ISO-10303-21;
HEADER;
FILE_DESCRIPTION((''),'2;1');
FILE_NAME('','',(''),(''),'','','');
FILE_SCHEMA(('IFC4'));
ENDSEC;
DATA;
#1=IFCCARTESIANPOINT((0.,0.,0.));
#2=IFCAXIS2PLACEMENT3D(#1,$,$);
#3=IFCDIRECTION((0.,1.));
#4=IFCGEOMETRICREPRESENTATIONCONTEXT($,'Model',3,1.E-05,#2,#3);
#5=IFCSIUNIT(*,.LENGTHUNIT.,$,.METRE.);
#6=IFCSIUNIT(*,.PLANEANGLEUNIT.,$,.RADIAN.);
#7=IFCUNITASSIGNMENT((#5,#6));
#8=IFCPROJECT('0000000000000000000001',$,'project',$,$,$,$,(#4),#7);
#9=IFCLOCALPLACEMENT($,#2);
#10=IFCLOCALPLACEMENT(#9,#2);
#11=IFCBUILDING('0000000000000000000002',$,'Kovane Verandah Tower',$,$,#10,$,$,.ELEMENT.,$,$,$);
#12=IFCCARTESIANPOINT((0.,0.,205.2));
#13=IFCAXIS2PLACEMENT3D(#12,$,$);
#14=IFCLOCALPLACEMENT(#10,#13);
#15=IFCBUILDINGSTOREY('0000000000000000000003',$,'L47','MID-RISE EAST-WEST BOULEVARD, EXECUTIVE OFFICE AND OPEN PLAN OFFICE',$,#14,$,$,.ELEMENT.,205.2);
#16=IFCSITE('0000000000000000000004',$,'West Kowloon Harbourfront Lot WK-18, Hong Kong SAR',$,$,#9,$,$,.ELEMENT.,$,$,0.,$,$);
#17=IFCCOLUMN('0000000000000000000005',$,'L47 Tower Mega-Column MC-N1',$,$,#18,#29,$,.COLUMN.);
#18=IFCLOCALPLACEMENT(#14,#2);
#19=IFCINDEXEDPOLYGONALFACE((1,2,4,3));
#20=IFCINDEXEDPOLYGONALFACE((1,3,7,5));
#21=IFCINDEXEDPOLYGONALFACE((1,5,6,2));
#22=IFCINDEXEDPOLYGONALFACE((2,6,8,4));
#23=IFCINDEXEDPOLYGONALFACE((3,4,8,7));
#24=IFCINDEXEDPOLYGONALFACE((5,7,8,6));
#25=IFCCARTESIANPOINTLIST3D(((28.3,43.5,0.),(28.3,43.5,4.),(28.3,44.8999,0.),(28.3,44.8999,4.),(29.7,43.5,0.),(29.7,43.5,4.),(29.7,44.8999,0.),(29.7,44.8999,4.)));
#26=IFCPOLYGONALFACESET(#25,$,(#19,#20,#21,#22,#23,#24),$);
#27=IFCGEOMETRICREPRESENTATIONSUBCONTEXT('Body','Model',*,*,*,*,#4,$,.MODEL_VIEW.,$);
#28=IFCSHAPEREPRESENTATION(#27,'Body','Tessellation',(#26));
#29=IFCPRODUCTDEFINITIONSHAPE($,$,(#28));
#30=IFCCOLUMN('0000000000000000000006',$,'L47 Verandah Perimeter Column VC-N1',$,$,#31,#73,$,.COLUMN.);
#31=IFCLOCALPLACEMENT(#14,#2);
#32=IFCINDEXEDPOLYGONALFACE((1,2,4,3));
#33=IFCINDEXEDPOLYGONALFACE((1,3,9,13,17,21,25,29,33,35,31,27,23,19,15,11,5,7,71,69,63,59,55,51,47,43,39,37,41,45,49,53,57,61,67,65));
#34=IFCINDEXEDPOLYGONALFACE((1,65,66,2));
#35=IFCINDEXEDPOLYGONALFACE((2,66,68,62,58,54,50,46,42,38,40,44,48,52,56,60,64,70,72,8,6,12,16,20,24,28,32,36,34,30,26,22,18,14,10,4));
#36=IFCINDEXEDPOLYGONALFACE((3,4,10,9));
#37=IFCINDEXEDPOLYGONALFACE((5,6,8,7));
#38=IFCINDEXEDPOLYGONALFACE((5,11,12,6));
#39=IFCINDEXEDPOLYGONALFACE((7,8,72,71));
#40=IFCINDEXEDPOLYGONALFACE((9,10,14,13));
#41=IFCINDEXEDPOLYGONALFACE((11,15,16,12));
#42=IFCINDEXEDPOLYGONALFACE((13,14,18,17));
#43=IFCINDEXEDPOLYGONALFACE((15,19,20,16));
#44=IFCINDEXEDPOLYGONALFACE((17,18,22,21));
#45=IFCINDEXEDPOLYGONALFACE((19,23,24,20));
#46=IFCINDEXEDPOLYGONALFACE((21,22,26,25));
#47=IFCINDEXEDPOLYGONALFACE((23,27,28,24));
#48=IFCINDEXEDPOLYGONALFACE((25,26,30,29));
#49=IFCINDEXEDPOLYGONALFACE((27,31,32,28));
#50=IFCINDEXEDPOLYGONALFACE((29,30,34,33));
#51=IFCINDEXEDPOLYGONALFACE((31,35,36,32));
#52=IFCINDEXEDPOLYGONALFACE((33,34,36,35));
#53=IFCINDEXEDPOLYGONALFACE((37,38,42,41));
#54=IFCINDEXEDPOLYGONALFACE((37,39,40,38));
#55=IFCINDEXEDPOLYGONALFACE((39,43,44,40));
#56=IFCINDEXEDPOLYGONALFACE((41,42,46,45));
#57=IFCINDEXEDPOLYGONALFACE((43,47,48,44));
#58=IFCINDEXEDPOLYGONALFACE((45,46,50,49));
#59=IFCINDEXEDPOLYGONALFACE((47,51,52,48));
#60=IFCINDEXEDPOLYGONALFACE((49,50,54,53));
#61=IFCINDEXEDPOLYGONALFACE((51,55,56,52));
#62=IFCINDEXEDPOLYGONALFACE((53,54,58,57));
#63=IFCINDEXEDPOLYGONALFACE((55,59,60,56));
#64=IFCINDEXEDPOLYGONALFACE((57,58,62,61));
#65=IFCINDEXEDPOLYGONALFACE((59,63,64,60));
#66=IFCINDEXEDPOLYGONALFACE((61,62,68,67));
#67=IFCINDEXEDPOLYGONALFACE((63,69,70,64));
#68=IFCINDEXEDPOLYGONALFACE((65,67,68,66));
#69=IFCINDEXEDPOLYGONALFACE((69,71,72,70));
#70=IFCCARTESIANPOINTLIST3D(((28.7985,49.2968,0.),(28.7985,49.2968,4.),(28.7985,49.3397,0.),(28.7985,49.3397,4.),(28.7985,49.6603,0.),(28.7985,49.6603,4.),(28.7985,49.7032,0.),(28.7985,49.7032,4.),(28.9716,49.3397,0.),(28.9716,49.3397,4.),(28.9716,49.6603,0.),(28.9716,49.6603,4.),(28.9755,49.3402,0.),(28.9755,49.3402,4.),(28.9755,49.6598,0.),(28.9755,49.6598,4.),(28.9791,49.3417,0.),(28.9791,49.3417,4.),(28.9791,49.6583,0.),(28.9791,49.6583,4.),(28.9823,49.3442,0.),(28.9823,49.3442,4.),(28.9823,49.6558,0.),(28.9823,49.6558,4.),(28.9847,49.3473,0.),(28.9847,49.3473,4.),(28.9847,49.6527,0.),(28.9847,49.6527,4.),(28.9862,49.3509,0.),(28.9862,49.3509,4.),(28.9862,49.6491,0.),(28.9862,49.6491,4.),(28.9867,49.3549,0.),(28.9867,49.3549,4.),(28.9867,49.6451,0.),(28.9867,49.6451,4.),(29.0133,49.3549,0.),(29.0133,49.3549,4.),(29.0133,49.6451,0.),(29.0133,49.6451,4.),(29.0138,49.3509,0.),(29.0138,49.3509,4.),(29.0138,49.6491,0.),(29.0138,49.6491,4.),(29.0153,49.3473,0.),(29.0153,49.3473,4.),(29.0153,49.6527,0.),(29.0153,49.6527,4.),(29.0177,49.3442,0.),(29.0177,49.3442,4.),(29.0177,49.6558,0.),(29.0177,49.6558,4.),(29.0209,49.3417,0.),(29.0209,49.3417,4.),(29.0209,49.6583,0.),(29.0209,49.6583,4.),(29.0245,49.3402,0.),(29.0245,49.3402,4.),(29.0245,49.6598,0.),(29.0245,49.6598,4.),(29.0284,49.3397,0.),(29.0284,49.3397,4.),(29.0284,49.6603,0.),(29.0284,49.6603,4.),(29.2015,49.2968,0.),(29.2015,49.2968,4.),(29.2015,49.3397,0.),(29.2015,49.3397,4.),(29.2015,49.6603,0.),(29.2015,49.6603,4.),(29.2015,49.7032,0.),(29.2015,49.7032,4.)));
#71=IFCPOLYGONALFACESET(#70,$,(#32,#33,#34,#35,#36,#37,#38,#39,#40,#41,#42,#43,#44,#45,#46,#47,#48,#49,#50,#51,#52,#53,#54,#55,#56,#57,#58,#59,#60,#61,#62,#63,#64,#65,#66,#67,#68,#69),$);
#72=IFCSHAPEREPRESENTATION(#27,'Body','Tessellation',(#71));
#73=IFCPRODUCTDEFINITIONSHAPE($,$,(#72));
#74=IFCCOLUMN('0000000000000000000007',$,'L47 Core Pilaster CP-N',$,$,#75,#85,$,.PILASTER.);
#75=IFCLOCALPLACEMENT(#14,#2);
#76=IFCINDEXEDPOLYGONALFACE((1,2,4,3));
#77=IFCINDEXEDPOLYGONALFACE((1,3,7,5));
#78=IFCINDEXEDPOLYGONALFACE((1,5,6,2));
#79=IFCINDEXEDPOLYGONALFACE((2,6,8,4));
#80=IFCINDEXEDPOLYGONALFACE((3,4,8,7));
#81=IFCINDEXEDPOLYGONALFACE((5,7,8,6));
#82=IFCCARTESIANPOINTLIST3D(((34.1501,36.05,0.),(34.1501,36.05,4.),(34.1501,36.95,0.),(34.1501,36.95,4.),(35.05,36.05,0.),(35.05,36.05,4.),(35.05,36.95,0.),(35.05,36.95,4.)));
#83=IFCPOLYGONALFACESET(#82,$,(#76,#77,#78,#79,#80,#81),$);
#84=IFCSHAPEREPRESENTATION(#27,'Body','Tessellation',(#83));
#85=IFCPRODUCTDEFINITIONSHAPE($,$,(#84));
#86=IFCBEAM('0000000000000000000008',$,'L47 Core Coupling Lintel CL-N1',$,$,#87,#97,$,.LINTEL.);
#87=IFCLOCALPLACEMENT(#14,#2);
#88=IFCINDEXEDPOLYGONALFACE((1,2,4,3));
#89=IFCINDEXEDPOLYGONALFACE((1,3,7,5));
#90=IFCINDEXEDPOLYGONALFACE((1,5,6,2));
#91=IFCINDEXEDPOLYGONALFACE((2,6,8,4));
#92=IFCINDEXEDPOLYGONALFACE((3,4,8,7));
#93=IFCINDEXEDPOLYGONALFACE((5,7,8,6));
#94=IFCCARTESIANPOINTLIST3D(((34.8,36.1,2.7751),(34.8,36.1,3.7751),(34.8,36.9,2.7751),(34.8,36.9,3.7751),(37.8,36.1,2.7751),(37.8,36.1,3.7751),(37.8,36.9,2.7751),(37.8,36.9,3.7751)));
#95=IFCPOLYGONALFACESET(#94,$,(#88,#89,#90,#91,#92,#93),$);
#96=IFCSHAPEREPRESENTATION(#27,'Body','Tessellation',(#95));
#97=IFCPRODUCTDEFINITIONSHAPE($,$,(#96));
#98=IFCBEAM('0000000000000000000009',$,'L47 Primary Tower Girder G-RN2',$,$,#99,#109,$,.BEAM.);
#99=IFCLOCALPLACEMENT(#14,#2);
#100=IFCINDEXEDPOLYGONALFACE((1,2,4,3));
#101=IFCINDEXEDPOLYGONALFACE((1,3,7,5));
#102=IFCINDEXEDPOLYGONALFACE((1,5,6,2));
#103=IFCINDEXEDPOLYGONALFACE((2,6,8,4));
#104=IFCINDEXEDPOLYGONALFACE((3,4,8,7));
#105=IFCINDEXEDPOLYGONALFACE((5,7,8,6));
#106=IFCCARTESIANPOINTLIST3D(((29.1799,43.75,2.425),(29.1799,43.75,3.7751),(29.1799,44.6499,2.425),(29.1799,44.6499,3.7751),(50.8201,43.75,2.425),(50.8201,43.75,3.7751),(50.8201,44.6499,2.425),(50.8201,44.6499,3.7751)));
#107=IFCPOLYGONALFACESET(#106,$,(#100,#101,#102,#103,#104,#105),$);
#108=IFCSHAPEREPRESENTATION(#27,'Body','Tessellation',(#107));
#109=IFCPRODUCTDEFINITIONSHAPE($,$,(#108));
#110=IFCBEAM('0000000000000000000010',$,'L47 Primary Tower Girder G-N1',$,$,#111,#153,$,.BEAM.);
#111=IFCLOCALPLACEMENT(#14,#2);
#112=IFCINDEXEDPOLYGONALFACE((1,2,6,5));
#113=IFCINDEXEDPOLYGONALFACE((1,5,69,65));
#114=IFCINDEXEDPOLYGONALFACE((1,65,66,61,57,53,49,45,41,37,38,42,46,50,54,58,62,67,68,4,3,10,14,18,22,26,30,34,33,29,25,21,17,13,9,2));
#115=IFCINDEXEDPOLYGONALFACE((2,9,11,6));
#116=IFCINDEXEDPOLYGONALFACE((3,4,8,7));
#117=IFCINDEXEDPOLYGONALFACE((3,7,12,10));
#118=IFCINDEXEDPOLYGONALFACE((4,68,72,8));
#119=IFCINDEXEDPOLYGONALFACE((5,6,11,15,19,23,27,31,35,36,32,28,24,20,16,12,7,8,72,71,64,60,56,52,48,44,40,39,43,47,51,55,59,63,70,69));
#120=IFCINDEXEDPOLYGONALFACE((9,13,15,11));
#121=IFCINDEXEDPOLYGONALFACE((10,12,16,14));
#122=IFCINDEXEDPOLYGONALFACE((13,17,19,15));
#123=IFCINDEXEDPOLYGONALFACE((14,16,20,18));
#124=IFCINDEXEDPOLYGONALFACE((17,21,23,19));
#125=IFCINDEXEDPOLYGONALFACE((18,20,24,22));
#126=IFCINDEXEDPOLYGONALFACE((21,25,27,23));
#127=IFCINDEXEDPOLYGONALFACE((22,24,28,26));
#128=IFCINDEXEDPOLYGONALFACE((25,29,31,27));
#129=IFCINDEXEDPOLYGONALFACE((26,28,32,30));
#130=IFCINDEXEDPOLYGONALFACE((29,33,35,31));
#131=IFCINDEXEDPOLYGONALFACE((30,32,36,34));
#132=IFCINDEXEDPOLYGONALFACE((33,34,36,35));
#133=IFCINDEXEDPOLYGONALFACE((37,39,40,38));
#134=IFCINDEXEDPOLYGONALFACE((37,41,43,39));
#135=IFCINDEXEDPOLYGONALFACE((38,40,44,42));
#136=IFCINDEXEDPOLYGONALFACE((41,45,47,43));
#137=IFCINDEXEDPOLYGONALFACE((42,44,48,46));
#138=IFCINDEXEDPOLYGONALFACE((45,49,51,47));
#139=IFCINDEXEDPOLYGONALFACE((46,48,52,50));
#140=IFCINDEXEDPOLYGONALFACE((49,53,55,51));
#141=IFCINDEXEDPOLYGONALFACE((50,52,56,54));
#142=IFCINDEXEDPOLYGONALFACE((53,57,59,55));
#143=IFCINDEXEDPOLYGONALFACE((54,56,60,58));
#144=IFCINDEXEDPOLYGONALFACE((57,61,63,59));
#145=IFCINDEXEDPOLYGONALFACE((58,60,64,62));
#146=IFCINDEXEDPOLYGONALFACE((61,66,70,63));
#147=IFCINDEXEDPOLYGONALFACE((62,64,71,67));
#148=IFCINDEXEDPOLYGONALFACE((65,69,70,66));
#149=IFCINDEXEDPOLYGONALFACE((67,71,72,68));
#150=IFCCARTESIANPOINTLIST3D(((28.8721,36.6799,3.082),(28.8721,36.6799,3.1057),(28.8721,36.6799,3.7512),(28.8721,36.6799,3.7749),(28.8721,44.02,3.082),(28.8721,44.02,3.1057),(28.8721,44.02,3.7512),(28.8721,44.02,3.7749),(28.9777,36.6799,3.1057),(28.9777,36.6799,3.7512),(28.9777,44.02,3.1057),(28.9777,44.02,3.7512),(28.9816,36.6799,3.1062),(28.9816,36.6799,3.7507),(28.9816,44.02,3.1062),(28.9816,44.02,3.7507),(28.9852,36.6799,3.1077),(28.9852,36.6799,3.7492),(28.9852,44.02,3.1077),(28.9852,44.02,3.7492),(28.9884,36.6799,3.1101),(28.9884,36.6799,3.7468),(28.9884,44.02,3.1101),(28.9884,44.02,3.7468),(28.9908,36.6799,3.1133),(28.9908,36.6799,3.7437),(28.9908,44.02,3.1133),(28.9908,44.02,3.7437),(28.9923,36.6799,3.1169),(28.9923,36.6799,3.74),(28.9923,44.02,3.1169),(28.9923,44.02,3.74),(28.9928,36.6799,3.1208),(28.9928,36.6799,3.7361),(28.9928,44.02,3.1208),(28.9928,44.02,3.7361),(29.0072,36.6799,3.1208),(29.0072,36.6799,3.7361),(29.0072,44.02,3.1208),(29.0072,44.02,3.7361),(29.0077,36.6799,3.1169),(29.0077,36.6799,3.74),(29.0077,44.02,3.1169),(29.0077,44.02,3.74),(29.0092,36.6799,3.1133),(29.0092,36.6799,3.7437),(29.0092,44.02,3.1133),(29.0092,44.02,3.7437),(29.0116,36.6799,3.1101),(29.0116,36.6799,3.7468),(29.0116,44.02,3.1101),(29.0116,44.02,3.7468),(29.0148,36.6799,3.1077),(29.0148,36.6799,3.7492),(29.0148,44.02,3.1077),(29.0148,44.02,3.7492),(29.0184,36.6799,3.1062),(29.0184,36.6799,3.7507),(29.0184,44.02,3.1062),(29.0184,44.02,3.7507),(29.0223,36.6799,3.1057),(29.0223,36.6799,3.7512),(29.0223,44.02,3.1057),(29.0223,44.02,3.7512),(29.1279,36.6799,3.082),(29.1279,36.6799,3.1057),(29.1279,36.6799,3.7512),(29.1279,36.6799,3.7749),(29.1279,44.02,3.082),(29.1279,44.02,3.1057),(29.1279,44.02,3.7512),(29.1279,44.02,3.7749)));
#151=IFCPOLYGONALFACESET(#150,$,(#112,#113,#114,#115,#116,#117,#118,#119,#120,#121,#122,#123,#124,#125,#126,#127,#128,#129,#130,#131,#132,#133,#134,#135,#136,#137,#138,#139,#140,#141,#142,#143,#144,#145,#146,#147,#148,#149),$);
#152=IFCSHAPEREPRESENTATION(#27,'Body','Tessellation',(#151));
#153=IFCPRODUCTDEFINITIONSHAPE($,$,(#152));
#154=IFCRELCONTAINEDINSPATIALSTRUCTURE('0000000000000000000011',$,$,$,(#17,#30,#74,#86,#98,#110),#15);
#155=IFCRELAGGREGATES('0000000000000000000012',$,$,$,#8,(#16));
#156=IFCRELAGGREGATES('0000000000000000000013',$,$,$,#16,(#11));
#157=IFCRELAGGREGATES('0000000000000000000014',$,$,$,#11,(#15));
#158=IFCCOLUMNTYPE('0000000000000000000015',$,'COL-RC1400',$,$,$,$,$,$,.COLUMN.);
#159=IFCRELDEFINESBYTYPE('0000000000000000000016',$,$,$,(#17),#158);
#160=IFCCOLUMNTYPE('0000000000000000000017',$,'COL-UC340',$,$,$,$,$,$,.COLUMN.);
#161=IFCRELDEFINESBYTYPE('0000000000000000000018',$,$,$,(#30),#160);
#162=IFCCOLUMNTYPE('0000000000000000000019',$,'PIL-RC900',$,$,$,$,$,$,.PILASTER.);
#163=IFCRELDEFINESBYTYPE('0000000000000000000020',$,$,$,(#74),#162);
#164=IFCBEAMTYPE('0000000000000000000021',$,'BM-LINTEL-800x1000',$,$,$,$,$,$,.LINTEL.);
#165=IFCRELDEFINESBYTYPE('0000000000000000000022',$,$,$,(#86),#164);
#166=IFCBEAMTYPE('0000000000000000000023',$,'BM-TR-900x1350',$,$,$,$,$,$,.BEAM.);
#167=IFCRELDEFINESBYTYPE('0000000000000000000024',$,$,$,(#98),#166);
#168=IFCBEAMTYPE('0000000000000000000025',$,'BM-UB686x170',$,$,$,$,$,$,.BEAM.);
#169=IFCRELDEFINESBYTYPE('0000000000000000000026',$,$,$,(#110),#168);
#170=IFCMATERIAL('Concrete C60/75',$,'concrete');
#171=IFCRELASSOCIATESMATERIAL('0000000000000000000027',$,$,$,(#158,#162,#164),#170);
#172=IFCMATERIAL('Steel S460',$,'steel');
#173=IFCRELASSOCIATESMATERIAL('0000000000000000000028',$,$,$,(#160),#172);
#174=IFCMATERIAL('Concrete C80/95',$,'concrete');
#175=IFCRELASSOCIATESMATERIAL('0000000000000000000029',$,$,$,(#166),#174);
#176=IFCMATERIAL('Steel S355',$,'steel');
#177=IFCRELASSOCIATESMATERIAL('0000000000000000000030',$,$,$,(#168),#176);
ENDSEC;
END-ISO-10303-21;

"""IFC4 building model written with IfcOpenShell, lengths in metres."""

from ifc_helpers import new_model, si_unit, direction, frame, origin, origin_2d, place, context, subcontext, project, spatial, rectangle, i_section, extrude, material, material_profile, profile_set, type_object, element, save


model = new_model("IFC4")

# Units and contexts
model_context = context("Model", 3, precision=1e-05, world=origin(), true_north=direction((0.0, 1.0)))
body_context = subcontext(model_context, "Body", "Model", "MODEL_VIEW")
ifc_project = project(units=[si_unit("LENGTHUNIT", "METRE"), si_unit("PLANEANGLEUNIT", "RADIAN")], contexts=[model_context])

# Site, building, storey
site_placement = place(None, origin())
site = spatial("IfcSite", under=ifc_project, at=site_placement, Name="West Kowloon Harbourfront Lot WK-18, Hong Kong SAR", CompositionType="ELEMENT", RefElevation=0.0)
building_placement = place(site_placement, origin())
building = spatial("IfcBuilding", under=site, at=building_placement, Name="Kovane Verandah Tower", CompositionType="ELEMENT")
storey_placement = place(building_placement, frame((0.0, 0.0, 205.2)))
storey = spatial("IfcBuildingStorey", under=building, at=storey_placement, Name="L47", Description="MID-RISE EAST-WEST BOULEVARD, EXECUTIVE OFFICE AND OPEN PLAN OFFICE", CompositionType="ELEMENT", Elevation=205.2)

# Columns
ifc_material_1 = material(Name="Concrete C60/75", Category="concrete")
ifc_material_profile_1 = material_profile(ifc_material_1, rectangle(XDim=1.3999, YDim=1.3999, at=origin_2d()), Name="RC1400x1400")
ifc_profile_set_1 = profile_set([ifc_material_profile_1], Name="Concrete C60/75")
column_type_1 = type_object("IfcColumnType", Name="COL-RC1400", PredefinedType="COLUMN", material=ifc_profile_set_1)
column_1_placement = place(storey_placement, frame((29.0, 44.2, 0.0), z_axis=(0.0, 0.0, 1.0), x_axis=(1.0, 0.0, 0.0)))
element("IfcColumn", 1, at=column_1_placement, inside=storey, type_object=column_type_1, Name="L47 Tower Mega-Column MC-N1", PredefinedType="COLUMN", context=body_context, shape_type="SweptSolid", body=[
    extrude(rectangle(XDim=1.3999, YDim=1.3999, at=origin_2d()), origin(), (0.0, 0.0, 1.0), 4.0),
])
ifc_material_2 = material(Name="Steel S460", Category="steel")
ifc_material_profile_2 = material_profile(ifc_material_2, i_section(OverallWidth=0.4031, OverallDepth=0.4065, WebThickness=0.0266, FlangeThickness=0.043, FilletRadius=0.0151, at=origin_2d()), Name="UC356x406x340")
ifc_profile_set_2 = profile_set([ifc_material_profile_2], Name="Steel S460")
column_type_2 = type_object("IfcColumnType", Name="COL-UC340", PredefinedType="COLUMN", material=ifc_profile_set_2)
column_2_placement = place(storey_placement, frame((29.0, 49.5, 0.0), z_axis=(0.0, 0.0, 1.0), x_axis=(1.0, 0.0, 0.0)))
element("IfcColumn", 2, at=column_2_placement, inside=storey, type_object=column_type_2, Name="L47 Verandah Perimeter Column VC-N1", PredefinedType="COLUMN", context=body_context, shape_type="SweptSolid", body=[
    extrude(i_section(OverallWidth=0.4031, OverallDepth=0.4065, WebThickness=0.0266, FlangeThickness=0.043, FilletRadius=0.0151, at=origin_2d()), origin(), (0.0, 0.0, 1.0), 4.0),
])
ifc_material_profile_3 = material_profile(ifc_material_1, rectangle(XDim=0.8999, YDim=0.8999, at=origin_2d()), Name="RC900x900")
ifc_profile_set_3 = profile_set([ifc_material_profile_3], Name="Concrete C60/75")
column_type_3 = type_object("IfcColumnType", Name="PIL-RC900", PredefinedType="PILASTER", material=ifc_profile_set_3)
column_3_placement = place(storey_placement, frame((34.6001, 36.5, 0.0), z_axis=(0.0, 0.0, 1.0), x_axis=(1.0, 0.0, 0.0)))
element("IfcColumn", 3, at=column_3_placement, inside=storey, type_object=column_type_3, Name="L47 Core Pilaster CP-N", PredefinedType="PILASTER", context=body_context, shape_type="SweptSolid", body=[
    extrude(rectangle(XDim=0.8999, YDim=0.8999, at=origin_2d()), origin(), (0.0, 0.0, 1.0), 4.0),
])

# Beams
ifc_material_profile_4 = material_profile(ifc_material_1, rectangle(XDim=0.8, YDim=1.0, at=origin_2d()), Name="RCB800x1000")
ifc_profile_set_4 = profile_set([ifc_material_profile_4], Name="Concrete C60/75")
beam_type_1 = type_object("IfcBeamType", Name="BM-LINTEL-800x1000", PredefinedType="LINTEL", material=ifc_profile_set_4)
beam_1_placement = place(storey_placement, frame((34.8, 36.5, 3.2751), z_axis=(1.0, 0.0, 0.0), x_axis=(0.0, 1.0, 0.0)))
element("IfcBeam", 4, at=beam_1_placement, inside=storey, type_object=beam_type_1, Name="L47 Core Coupling Lintel CL-N1", PredefinedType="LINTEL", context=body_context, shape_type="SweptSolid", body=[
    extrude(rectangle(XDim=0.8, YDim=1.0, at=origin_2d()), origin(), (0.0, 0.0, 1.0), 3.0),
])
ifc_material_3 = material(Name="Concrete C80/95", Category="concrete")
ifc_material_profile_5 = material_profile(ifc_material_3, rectangle(XDim=0.8999, YDim=1.3501, at=origin_2d()), Name="RCB900x1350")
ifc_profile_set_5 = profile_set([ifc_material_profile_5], Name="Concrete C80/95")
beam_type_2 = type_object("IfcBeamType", Name="BM-TR-900x1350", PredefinedType="BEAM", material=ifc_profile_set_5)
beam_2_placement = place(storey_placement, frame((29.1799, 44.2, 3.1001), z_axis=(1.0, 0.0, 0.0), x_axis=(0.0, 1.0, 0.0)))
element("IfcBeam", 5, at=beam_2_placement, inside=storey, type_object=beam_type_2, Name="L47 Primary Tower Girder G-RN2", PredefinedType="BEAM", context=body_context, shape_type="SweptSolid", body=[
    extrude(rectangle(XDim=0.8999, YDim=1.3501, at=origin_2d()), origin(), (0.0, 0.0, 1.0), 21.6401),
])
ifc_material_4 = material(Name="Steel S355", Category="steel")
ifc_material_profile_6 = material_profile(ifc_material_4, i_section(OverallWidth=0.2559, OverallDepth=0.6929, WebThickness=0.0144, FlangeThickness=0.0237, FilletRadius=0.0151, at=origin_2d()), Name="UB686x254x170")
ifc_profile_set_6 = profile_set([ifc_material_profile_6], Name="Steel S355")
beam_type_3 = type_object("IfcBeamType", Name="BM-UB686x170", PredefinedType="BEAM", material=ifc_profile_set_6)
beam_3_placement = place(storey_placement, frame((29.0, 36.6799, 3.4285), z_axis=(0.0, 1.0, 0.0), x_axis=(-1.0, 0.0, 0.0)))
element("IfcBeam", 6, at=beam_3_placement, inside=storey, type_object=beam_type_3, Name="L47 Primary Tower Girder G-N1", PredefinedType="BEAM", context=body_context, shape_type="SweptSolid", body=[
    extrude(i_section(OverallWidth=0.2559, OverallDepth=0.6929, WebThickness=0.0144, FlangeThickness=0.0237, FilletRadius=0.0151, at=origin_2d()), origin(), (0.0, 0.0, 1.0), 7.3401),
])

save(model, "model.ifc")
